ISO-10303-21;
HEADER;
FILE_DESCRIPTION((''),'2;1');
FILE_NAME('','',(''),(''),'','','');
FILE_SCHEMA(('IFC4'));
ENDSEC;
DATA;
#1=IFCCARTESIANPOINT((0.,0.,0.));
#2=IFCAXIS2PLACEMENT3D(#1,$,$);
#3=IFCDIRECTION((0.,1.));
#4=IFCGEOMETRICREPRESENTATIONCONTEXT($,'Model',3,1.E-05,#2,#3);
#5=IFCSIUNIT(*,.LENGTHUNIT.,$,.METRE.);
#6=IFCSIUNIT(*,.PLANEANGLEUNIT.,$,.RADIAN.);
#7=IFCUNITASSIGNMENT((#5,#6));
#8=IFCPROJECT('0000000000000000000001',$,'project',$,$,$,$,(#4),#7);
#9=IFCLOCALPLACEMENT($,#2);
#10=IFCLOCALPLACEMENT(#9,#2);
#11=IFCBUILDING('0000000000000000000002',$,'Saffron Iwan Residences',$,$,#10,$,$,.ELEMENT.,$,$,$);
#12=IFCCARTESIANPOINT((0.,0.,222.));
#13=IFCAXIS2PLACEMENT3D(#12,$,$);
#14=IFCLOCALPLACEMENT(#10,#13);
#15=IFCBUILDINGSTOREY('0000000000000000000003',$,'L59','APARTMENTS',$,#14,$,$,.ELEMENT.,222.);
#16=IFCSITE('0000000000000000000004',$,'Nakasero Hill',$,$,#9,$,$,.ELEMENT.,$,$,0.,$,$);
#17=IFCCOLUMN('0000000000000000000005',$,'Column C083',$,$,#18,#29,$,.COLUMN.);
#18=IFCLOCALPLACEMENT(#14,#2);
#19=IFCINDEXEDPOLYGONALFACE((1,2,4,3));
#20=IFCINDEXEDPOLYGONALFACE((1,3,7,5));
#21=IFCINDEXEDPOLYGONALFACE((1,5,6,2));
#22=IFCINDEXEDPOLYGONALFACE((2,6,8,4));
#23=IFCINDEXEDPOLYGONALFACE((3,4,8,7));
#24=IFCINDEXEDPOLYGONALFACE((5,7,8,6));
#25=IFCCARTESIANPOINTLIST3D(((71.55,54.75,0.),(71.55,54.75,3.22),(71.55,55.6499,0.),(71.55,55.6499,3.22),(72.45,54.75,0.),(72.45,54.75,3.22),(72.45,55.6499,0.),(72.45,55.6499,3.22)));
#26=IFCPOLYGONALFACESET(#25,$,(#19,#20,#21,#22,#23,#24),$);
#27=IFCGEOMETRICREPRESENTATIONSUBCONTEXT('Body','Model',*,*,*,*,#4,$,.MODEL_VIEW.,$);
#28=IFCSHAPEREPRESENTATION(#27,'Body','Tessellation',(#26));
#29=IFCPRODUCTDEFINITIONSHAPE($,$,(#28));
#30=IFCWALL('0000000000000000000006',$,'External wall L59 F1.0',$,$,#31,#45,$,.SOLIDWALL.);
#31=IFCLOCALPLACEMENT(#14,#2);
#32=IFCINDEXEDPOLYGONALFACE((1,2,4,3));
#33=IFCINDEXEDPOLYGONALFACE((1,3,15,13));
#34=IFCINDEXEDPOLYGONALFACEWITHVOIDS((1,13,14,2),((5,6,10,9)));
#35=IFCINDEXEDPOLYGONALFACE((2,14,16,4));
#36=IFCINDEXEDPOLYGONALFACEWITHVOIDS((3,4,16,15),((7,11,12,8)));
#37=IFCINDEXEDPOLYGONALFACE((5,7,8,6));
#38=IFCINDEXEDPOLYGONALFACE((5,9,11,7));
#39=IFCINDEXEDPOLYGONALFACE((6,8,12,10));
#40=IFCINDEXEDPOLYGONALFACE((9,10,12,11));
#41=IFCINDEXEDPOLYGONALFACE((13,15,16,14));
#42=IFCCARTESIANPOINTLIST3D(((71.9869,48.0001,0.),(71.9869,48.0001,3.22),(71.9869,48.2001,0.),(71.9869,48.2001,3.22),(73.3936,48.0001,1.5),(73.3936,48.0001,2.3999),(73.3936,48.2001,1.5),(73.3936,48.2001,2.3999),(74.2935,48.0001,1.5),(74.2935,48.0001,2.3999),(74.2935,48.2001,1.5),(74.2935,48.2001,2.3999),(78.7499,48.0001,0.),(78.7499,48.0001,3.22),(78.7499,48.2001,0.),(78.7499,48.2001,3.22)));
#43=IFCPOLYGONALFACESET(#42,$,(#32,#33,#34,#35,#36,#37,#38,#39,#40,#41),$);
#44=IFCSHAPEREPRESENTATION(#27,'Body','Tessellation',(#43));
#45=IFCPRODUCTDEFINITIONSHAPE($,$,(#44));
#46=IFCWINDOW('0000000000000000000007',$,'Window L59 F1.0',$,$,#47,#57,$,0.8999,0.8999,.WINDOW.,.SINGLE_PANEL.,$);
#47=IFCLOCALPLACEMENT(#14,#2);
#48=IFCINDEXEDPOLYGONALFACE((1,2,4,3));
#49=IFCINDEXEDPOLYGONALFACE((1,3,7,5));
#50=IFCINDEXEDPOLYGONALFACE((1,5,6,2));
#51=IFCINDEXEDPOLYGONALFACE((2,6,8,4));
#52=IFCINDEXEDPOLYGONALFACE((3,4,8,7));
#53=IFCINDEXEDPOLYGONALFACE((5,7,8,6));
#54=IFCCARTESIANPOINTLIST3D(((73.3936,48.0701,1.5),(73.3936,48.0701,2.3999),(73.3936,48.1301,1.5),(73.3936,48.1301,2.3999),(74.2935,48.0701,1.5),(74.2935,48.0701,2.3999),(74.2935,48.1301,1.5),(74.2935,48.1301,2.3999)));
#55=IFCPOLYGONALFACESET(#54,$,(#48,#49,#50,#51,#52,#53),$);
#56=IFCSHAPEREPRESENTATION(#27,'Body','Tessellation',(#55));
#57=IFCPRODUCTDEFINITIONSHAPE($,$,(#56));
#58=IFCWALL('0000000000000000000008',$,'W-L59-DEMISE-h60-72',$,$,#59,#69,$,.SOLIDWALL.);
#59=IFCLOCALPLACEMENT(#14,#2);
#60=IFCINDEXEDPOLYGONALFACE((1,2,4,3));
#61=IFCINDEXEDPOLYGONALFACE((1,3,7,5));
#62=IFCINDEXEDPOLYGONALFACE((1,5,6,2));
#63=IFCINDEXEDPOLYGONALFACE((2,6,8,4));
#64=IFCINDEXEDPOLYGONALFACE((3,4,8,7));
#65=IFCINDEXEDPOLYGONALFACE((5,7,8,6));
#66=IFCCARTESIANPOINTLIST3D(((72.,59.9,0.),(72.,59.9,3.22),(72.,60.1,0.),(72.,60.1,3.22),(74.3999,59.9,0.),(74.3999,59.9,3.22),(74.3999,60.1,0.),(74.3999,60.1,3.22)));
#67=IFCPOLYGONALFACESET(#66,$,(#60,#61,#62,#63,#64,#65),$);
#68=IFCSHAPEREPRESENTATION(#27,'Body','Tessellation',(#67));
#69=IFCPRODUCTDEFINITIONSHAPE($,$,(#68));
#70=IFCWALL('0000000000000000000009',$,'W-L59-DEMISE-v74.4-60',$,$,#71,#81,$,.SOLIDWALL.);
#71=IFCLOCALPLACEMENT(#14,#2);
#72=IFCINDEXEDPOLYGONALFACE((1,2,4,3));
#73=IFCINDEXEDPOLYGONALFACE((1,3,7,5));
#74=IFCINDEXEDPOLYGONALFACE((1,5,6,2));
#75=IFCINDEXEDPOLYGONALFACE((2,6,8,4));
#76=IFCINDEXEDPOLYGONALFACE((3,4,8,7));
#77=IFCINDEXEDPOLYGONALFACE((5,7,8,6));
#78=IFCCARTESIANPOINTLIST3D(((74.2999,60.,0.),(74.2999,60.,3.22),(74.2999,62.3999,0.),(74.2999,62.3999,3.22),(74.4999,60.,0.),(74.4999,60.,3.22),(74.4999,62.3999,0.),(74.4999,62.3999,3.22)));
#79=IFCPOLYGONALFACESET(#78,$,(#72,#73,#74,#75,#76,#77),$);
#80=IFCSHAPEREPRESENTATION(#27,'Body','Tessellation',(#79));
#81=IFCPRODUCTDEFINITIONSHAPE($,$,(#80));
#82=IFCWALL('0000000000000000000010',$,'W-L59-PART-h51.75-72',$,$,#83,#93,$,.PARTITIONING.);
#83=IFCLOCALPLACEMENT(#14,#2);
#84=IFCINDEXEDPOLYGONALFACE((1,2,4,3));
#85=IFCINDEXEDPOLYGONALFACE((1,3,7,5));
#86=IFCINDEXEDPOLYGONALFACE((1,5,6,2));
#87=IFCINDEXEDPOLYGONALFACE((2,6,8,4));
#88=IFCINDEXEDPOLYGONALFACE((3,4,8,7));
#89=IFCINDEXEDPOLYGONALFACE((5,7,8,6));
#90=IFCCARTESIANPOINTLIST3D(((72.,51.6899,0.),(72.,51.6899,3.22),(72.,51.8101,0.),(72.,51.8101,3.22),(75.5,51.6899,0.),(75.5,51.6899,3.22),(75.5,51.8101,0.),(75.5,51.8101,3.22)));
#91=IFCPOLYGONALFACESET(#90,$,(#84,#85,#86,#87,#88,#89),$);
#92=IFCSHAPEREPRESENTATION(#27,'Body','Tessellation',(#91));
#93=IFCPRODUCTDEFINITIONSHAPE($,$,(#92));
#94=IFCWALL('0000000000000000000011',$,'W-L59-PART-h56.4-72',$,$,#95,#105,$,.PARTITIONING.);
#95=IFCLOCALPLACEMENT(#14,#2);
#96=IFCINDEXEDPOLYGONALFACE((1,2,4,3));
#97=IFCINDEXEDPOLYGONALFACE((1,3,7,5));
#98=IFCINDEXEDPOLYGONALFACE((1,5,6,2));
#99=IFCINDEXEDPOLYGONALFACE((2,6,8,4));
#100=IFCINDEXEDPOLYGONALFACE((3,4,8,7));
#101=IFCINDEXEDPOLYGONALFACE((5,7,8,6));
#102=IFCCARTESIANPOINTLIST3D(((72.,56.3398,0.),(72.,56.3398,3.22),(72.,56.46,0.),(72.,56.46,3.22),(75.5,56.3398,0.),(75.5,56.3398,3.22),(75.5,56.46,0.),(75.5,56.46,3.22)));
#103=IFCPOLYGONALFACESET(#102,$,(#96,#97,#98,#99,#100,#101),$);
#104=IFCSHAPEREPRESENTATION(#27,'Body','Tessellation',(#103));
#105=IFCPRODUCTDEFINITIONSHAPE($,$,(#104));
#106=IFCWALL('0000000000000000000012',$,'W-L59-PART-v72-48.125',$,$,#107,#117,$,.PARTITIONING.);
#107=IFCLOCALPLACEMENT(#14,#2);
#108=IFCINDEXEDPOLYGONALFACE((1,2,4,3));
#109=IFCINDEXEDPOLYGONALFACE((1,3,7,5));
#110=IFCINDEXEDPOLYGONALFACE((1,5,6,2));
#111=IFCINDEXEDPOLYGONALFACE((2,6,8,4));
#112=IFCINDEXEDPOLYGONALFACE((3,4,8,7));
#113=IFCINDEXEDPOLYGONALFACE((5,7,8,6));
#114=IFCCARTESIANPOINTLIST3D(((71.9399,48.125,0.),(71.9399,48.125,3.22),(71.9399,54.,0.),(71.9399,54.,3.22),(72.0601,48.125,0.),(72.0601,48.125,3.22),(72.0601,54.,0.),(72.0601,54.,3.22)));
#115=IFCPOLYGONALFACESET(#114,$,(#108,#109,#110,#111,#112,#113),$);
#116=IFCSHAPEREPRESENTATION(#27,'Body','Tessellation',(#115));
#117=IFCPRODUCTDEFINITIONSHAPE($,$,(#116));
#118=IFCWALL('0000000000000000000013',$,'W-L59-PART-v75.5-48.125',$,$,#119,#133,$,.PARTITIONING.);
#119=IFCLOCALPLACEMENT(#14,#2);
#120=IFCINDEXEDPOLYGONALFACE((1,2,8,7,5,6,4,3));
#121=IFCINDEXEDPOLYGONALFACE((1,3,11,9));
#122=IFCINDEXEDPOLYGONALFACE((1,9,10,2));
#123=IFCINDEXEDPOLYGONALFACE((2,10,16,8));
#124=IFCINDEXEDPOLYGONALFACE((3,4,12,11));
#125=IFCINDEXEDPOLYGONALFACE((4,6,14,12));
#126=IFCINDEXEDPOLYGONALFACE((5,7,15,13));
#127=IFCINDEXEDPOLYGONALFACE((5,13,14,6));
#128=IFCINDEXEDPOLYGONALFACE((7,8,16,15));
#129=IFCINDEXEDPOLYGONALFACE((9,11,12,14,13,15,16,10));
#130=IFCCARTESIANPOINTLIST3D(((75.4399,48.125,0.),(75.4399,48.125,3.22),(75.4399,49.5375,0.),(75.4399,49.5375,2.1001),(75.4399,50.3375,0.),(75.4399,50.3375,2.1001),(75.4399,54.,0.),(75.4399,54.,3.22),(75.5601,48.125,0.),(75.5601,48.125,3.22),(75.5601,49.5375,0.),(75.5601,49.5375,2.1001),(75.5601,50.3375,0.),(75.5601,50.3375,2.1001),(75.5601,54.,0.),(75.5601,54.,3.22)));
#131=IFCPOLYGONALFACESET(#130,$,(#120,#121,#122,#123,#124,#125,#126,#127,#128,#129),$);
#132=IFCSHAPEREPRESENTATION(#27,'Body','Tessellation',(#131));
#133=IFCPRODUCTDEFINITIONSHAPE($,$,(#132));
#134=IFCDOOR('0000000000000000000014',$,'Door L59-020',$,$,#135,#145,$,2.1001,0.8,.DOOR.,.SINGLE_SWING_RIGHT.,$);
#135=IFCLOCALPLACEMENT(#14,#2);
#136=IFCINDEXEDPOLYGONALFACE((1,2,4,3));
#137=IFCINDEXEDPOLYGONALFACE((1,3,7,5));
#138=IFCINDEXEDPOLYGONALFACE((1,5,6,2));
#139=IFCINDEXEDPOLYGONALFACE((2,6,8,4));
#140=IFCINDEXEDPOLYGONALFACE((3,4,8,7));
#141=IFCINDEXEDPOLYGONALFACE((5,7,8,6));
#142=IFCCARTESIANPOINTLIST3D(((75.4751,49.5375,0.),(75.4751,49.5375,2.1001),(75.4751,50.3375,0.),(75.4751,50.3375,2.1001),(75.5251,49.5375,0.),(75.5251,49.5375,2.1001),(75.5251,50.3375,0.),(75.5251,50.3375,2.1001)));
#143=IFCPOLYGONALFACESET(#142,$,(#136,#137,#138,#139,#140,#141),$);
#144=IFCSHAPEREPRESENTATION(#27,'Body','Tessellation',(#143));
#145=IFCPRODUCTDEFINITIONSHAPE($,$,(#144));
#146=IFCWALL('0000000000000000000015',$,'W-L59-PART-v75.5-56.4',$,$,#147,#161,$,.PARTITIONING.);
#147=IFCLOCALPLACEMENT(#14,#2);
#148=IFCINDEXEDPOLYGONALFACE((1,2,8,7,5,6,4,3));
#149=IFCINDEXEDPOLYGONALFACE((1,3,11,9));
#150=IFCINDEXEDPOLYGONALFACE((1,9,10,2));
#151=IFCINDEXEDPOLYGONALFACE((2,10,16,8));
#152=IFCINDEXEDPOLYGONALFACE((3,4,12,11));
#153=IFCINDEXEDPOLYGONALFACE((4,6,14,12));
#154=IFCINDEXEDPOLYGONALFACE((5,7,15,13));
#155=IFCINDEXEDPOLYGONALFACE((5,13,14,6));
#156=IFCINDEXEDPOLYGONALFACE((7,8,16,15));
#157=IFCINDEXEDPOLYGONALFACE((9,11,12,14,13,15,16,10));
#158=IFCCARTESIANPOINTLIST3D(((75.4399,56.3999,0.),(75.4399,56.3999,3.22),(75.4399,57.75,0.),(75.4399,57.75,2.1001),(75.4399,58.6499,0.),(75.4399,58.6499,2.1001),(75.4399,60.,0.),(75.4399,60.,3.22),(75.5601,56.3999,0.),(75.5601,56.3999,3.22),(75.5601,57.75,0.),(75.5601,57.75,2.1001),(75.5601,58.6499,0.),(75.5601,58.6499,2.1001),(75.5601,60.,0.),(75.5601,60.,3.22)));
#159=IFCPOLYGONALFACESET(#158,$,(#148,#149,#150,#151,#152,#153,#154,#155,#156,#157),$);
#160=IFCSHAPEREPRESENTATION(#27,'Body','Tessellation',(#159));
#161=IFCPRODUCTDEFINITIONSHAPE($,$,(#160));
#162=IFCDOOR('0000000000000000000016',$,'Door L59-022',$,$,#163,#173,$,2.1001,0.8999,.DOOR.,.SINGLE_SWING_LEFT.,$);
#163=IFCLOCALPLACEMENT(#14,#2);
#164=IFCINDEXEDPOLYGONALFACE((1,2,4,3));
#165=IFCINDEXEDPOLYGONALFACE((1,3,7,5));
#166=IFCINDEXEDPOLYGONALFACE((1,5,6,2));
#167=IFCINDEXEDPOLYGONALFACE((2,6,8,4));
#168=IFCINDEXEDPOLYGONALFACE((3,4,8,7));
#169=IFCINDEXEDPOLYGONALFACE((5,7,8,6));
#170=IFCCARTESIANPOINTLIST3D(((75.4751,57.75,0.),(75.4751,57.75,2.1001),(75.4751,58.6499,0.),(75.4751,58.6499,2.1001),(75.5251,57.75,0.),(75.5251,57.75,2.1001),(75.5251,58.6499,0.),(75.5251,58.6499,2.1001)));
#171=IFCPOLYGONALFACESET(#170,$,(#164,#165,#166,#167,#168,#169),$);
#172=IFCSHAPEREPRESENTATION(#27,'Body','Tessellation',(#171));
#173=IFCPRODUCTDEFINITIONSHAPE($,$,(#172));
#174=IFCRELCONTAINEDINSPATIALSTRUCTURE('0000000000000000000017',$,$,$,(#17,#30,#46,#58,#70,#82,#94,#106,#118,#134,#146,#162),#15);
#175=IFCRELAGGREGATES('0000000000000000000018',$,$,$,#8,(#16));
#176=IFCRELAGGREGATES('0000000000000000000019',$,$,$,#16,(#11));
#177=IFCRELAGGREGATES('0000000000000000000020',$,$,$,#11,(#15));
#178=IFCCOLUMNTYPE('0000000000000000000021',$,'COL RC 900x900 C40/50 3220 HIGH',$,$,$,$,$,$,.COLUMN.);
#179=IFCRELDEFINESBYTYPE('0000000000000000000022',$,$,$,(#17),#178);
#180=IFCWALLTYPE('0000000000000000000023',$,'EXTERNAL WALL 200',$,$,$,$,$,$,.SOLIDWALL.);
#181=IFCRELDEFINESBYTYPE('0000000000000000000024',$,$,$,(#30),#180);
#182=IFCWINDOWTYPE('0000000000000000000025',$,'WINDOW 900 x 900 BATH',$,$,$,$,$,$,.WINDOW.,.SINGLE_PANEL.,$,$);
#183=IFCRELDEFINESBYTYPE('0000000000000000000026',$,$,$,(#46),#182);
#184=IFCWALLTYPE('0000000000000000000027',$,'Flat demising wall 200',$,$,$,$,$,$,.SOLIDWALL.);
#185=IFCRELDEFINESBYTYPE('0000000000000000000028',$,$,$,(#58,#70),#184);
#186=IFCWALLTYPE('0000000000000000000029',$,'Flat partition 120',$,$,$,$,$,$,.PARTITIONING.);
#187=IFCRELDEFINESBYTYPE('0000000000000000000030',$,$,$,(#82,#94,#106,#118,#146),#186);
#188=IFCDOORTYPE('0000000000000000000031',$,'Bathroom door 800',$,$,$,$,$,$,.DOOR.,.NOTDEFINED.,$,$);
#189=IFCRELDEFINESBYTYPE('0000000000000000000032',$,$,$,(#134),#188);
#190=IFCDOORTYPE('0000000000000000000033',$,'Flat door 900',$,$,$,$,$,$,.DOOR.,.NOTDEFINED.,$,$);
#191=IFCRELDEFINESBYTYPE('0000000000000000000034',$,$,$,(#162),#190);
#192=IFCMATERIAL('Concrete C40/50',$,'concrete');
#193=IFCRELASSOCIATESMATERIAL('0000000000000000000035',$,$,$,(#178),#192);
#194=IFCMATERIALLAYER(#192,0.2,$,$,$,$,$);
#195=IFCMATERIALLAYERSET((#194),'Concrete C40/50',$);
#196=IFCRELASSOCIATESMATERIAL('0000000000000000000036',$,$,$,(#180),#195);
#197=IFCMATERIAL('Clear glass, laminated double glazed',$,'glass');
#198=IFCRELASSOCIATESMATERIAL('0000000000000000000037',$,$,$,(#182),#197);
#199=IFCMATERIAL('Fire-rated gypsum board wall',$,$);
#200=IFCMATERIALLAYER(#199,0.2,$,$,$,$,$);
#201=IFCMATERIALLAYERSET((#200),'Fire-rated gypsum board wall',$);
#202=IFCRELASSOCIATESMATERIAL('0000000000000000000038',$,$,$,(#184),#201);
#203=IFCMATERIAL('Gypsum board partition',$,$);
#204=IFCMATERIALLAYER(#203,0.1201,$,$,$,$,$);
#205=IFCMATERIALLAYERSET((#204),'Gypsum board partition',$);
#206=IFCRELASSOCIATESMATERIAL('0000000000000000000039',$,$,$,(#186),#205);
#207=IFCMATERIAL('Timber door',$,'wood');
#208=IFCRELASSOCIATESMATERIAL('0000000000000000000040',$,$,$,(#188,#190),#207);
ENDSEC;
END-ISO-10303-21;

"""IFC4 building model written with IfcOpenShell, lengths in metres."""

from ifc_helpers import new_model, si_unit, direction, frame, frame_2d, origin, origin_2d, place, context, subcontext, project, spatial, rectangle, extrude, source, transform, mapped, material, layer, layer_set, material_profile, profile_set, type_object, element, fill, save


model = new_model("IFC4")

# Units and contexts
model_context = context("Model", 3, precision=1e-05, world=origin(), true_north=direction((0.0, 1.0)))
body_context = subcontext(model_context, "Body", "Model", "MODEL_VIEW")
ifc_project = project(units=[si_unit("LENGTHUNIT", "METRE"), si_unit("PLANEANGLEUNIT", "RADIAN")], contexts=[model_context])

# Site, building, storey
site_placement = place(None, origin())
site = spatial("IfcSite", under=ifc_project, at=site_placement, Name="Nakasero Hill", CompositionType="ELEMENT", RefElevation=0.0)
building_placement = place(site_placement, origin())
building = spatial("IfcBuilding", under=site, at=building_placement, Name="Saffron Iwan Residences", CompositionType="ELEMENT")
storey_placement = place(building_placement, frame((0.0, 0.0, 222.0)))
storey = spatial("IfcBuildingStorey", under=building, at=storey_placement, Name="L59", Description="APARTMENTS", CompositionType="ELEMENT", Elevation=222.0)

# Column
ifc_material_1 = material(Name="Concrete C40/50", Category="concrete")
ifc_material_profile = material_profile(ifc_material_1, rectangle(XDim=0.8999, YDim=0.8999, at=origin_2d()), Name="RC 900x900")
ifc_profile_set = profile_set([ifc_material_profile], Name="Concrete C40/50")
column_type = type_object("IfcColumnType", Name="COL RC 900x900 C40/50 3220 HIGH", PredefinedType="COLUMN", material=ifc_profile_set)
shared_shape = source(origin(), body_context, "Body", "SweptSolid", [
    extrude(rectangle(XDim=0.8999, YDim=0.8999, at=origin_2d()), origin(), (0.0, 0.0, 1.0), 3.22),
])
column_placement = place(storey_placement, frame((72.0, 55.2, 0.0), z_axis=(0.0, 0.0, 1.0), x_axis=(1.0, 0.0, 0.0)))
element("IfcColumn", 1, at=column_placement, inside=storey, type_object=column_type, Name="Column C083", PredefinedType="COLUMN", context=body_context, shape_type="MappedRepresentation", body=[
    mapped(shared_shape, transform((0.0, 0.0, 0.0))),
])

# Wall, opening, window
ifc_layer_1 = layer(ifc_material_1, 0.2)
ifc_layer_set_1 = layer_set([ifc_layer_1], Name="Concrete C40/50")
wall_type_1 = type_object("IfcWallType", Name="EXTERNAL WALL 200", PredefinedType="SOLIDWALL", material=ifc_layer_set_1)
wall_1_placement = place(storey_placement, frame((71.9871, 48.1001, 0.0), z_axis=(0.0, 0.0, 1.0), x_axis=(1.0, 0.0, 0.0)))
wall_1 = element("IfcWall", 2, at=wall_1_placement, inside=storey, type_object=wall_type_1, Name="External wall L59 F1.0", PredefinedType="SOLIDWALL", context=body_context, shape_type="SweptSolid", body=[
    extrude(rectangle(XDim=6.7629, YDim=0.2, at=frame_2d((3.3813, 0.0))), origin(), (0.0, 0.0, 1.0), 3.22),
])
opening_1_placement = place(wall_1_placement, frame((1.4065, 0.0, 1.5)))
opening_1 = element("IfcOpeningElement", 3, at=opening_1_placement, cuts=wall_1, PredefinedType="OPENING", context=body_context, shape_type="SweptSolid", body=[
    extrude(rectangle(XDim=0.8999, YDim=0.8999, at=frame_2d((0.45, 0.45))), frame((0.0, 0.1099, 0.0), z_axis=(0.0, -1.0, 0.0), x_axis=(1.0, 0.0, 0.0)), (0.0, 0.0, 1.0), 0.22),
])
ifc_material_2 = material(Name="Clear glass, laminated double glazed", Category="glass")
window_type = type_object("IfcWindowType", Name="WINDOW 900 x 900 BATH", PartitioningType="SINGLE_PANEL", PredefinedType="WINDOW", material=ifc_material_2)
window_placement = place(opening_1_placement, origin())
window = element("IfcWindow", 4, at=window_placement, inside=storey, type_object=window_type, Name="Window L59 F1.0", OverallHeight=0.8999, OverallWidth=0.8999, PartitioningType="SINGLE_PANEL", PredefinedType="WINDOW", context=body_context, shape_type="SweptSolid", body=[
    extrude(rectangle(XDim=0.8999, YDim=0.8999, at=frame_2d((0.45, 0.45))), frame((0.0, 0.03, 0.0), z_axis=(0.0, -1.0, 0.0), x_axis=(1.0, 0.0, 0.0)), (0.0, 0.0, 1.0), 0.0601),
])
fill(opening_1, window)

# Walls
ifc_material_3 = material(Name="Fire-rated gypsum board wall")
ifc_layer_2 = layer(ifc_material_3, 0.2)
ifc_layer_set_2 = layer_set([ifc_layer_2], Name="Fire-rated gypsum board wall")
wall_type_2 = type_object("IfcWallType", Name="Flat demising wall 200", PredefinedType="SOLIDWALL", material=ifc_layer_set_2)
for number, where, z_axis, x_axis, name in (
    (5, (72.0, 60.0, 0.0), (0.0, 0.0, 1.0), (1.0, 0.0, 0.0), "W-L59-DEMISE-h60-72"),
    (6, (74.3999, 60.0, 0.0), (0.0, 0.0, 1.0), (0.0, 1.0, 0.0), "W-L59-DEMISE-v74.4-60"),
):
    element("IfcWall", number, at=place(storey_placement, frame(where, z_axis=z_axis, x_axis=x_axis)), inside=storey, type_object=wall_type_2, Name=name, PredefinedType="SOLIDWALL", context=body_context, shape_type="SweptSolid", body=[
        extrude(rectangle(XDim=2.3999, YDim=0.2, at=frame_2d((1.2, 0.0))), origin(), (0.0, 0.0, 1.0), 3.22),
    ])
ifc_material_4 = material(Name="Gypsum board partition")
ifc_layer_3 = layer(ifc_material_4, 0.1201)
ifc_layer_set_3 = layer_set([ifc_layer_3], Name="Gypsum board partition")
wall_type_3 = type_object("IfcWallType", Name="Flat partition 120", PredefinedType="PARTITIONING", material=ifc_layer_set_3)
for number, where, z_axis, x_axis, name in (
    (7, (72.0, 51.75, 0.0), (0.0, 0.0, 1.0), (1.0, 0.0, 0.0), "W-L59-PART-h51.75-72"),
    (8, (72.0, 56.3999, 0.0), (0.0, 0.0, 1.0), (1.0, 0.0, 0.0), "W-L59-PART-h56.4-72"),
):
    element("IfcWall", number, at=place(storey_placement, frame(where, z_axis=z_axis, x_axis=x_axis)), inside=storey, type_object=wall_type_3, Name=name, PredefinedType="PARTITIONING", context=body_context, shape_type="SweptSolid", body=[
        extrude(rectangle(XDim=3.5, YDim=0.1201, at=frame_2d((1.75, 0.0))), origin(), (0.0, 0.0, 1.0), 3.22),
    ])
wall_2_placement = place(storey_placement, frame((72.0, 48.125, 0.0), z_axis=(0.0, 0.0, 1.0), x_axis=(0.0, 1.0, 0.0)))
element("IfcWall", 9, at=wall_2_placement, inside=storey, type_object=wall_type_3, Name="W-L59-PART-v72-48.125", PredefinedType="PARTITIONING", context=body_context, shape_type="SweptSolid", body=[
    extrude(rectangle(XDim=5.875, YDim=0.1201, at=frame_2d((2.9375, 0.0))), origin(), (0.0, 0.0, 1.0), 3.22),
])

# Walls, openings, doors
wall_3_placement = place(storey_placement, frame((75.5, 48.125, 0.0), z_axis=(0.0, 0.0, 1.0), x_axis=(0.0, 1.0, 0.0)))
wall_3 = element("IfcWall", 10, at=wall_3_placement, inside=storey, type_object=wall_type_3, Name="W-L59-PART-v75.5-48.125", PredefinedType="PARTITIONING", context=body_context, shape_type="SweptSolid", body=[
    extrude(rectangle(XDim=5.875, YDim=0.1201, at=frame_2d((2.9375, 0.0))), origin(), (0.0, 0.0, 1.0), 3.22),
])
opening_2_placement = place(wall_3_placement, frame((1.4126, 0.0, 0.0)))
opening_2 = element("IfcOpeningElement", 11, at=opening_2_placement, cuts=wall_3, PredefinedType="OPENING", context=body_context, shape_type="SweptSolid", body=[
    extrude(rectangle(XDim=0.8, YDim=2.1001, at=frame_2d((0.3999, 1.05))), frame((0.0, 0.0701, 0.0), z_axis=(0.0, -1.0, 0.0), x_axis=(1.0, 0.0, 0.0)), (0.0, 0.0, 1.0), 0.1401),
])
ifc_material_5 = material(Name="Timber door", Category="wood")
door_type_1 = type_object("IfcDoorType", Name="Bathroom door 800", OperationType="NOTDEFINED", PredefinedType="DOOR", material=ifc_material_5)
door_1_placement = place(opening_2_placement, origin())
door_1 = element("IfcDoor", 12, at=door_1_placement, inside=storey, type_object=door_type_1, Name="Door L59-020", OperationType="SINGLE_SWING_RIGHT", OverallHeight=2.1001, OverallWidth=0.8, PredefinedType="DOOR", context=body_context, shape_type="SweptSolid", body=[
    extrude(rectangle(XDim=0.8, YDim=2.1001, at=frame_2d((0.3999, 1.05))), frame((0.0, 0.0249, 0.0), z_axis=(0.0, -1.0, 0.0), x_axis=(1.0, 0.0, 0.0)), (0.0, 0.0, 1.0), 0.05),
])
fill(opening_2, door_1)
wall_4_placement = place(storey_placement, frame((75.5, 56.3999, 0.0), z_axis=(0.0, 0.0, 1.0), x_axis=(0.0, 1.0, 0.0)))
wall_4 = element("IfcWall", 13, at=wall_4_placement, inside=storey, type_object=wall_type_3, Name="W-L59-PART-v75.5-56.4", PredefinedType="PARTITIONING", context=body_context, shape_type="SweptSolid", body=[
    extrude(rectangle(XDim=3.6001, YDim=0.1201, at=frame_2d((1.8, 0.0))), origin(), (0.0, 0.0, 1.0), 3.22),
])
opening_3_placement = place(wall_4_placement, frame((1.3501, 0.0, 0.0)))
opening_3 = element("IfcOpeningElement", 14, at=opening_3_placement, cuts=wall_4, PredefinedType="OPENING", context=body_context, shape_type="SweptSolid", body=[
    extrude(rectangle(XDim=0.8999, YDim=2.1001, at=frame_2d((0.45, 1.05))), frame((0.0, 0.0701, 0.0), z_axis=(0.0, -1.0, 0.0), x_axis=(1.0, 0.0, 0.0)), (0.0, 0.0, 1.0), 0.1401),
])
door_type_2 = type_object("IfcDoorType", Name="Flat door 900", OperationType="NOTDEFINED", PredefinedType="DOOR", material=ifc_material_5)
door_2_placement = place(opening_3_placement, origin())
door_2 = element("IfcDoor", 15, at=door_2_placement, inside=storey, type_object=door_type_2, Name="Door L59-022", OperationType="SINGLE_SWING_LEFT", OverallHeight=2.1001, OverallWidth=0.8999, PredefinedType="DOOR", context=body_context, shape_type="SweptSolid", body=[
    extrude(rectangle(XDim=0.8999, YDim=2.1001, at=frame_2d((0.45, 1.05))), frame((0.0, 0.0249, 0.0), z_axis=(0.0, -1.0, 0.0), x_axis=(1.0, 0.0, 0.0)), (0.0, 0.0, 1.0), 0.05),
])
fill(opening_3, door_2)

save(model, "model.ifc")
